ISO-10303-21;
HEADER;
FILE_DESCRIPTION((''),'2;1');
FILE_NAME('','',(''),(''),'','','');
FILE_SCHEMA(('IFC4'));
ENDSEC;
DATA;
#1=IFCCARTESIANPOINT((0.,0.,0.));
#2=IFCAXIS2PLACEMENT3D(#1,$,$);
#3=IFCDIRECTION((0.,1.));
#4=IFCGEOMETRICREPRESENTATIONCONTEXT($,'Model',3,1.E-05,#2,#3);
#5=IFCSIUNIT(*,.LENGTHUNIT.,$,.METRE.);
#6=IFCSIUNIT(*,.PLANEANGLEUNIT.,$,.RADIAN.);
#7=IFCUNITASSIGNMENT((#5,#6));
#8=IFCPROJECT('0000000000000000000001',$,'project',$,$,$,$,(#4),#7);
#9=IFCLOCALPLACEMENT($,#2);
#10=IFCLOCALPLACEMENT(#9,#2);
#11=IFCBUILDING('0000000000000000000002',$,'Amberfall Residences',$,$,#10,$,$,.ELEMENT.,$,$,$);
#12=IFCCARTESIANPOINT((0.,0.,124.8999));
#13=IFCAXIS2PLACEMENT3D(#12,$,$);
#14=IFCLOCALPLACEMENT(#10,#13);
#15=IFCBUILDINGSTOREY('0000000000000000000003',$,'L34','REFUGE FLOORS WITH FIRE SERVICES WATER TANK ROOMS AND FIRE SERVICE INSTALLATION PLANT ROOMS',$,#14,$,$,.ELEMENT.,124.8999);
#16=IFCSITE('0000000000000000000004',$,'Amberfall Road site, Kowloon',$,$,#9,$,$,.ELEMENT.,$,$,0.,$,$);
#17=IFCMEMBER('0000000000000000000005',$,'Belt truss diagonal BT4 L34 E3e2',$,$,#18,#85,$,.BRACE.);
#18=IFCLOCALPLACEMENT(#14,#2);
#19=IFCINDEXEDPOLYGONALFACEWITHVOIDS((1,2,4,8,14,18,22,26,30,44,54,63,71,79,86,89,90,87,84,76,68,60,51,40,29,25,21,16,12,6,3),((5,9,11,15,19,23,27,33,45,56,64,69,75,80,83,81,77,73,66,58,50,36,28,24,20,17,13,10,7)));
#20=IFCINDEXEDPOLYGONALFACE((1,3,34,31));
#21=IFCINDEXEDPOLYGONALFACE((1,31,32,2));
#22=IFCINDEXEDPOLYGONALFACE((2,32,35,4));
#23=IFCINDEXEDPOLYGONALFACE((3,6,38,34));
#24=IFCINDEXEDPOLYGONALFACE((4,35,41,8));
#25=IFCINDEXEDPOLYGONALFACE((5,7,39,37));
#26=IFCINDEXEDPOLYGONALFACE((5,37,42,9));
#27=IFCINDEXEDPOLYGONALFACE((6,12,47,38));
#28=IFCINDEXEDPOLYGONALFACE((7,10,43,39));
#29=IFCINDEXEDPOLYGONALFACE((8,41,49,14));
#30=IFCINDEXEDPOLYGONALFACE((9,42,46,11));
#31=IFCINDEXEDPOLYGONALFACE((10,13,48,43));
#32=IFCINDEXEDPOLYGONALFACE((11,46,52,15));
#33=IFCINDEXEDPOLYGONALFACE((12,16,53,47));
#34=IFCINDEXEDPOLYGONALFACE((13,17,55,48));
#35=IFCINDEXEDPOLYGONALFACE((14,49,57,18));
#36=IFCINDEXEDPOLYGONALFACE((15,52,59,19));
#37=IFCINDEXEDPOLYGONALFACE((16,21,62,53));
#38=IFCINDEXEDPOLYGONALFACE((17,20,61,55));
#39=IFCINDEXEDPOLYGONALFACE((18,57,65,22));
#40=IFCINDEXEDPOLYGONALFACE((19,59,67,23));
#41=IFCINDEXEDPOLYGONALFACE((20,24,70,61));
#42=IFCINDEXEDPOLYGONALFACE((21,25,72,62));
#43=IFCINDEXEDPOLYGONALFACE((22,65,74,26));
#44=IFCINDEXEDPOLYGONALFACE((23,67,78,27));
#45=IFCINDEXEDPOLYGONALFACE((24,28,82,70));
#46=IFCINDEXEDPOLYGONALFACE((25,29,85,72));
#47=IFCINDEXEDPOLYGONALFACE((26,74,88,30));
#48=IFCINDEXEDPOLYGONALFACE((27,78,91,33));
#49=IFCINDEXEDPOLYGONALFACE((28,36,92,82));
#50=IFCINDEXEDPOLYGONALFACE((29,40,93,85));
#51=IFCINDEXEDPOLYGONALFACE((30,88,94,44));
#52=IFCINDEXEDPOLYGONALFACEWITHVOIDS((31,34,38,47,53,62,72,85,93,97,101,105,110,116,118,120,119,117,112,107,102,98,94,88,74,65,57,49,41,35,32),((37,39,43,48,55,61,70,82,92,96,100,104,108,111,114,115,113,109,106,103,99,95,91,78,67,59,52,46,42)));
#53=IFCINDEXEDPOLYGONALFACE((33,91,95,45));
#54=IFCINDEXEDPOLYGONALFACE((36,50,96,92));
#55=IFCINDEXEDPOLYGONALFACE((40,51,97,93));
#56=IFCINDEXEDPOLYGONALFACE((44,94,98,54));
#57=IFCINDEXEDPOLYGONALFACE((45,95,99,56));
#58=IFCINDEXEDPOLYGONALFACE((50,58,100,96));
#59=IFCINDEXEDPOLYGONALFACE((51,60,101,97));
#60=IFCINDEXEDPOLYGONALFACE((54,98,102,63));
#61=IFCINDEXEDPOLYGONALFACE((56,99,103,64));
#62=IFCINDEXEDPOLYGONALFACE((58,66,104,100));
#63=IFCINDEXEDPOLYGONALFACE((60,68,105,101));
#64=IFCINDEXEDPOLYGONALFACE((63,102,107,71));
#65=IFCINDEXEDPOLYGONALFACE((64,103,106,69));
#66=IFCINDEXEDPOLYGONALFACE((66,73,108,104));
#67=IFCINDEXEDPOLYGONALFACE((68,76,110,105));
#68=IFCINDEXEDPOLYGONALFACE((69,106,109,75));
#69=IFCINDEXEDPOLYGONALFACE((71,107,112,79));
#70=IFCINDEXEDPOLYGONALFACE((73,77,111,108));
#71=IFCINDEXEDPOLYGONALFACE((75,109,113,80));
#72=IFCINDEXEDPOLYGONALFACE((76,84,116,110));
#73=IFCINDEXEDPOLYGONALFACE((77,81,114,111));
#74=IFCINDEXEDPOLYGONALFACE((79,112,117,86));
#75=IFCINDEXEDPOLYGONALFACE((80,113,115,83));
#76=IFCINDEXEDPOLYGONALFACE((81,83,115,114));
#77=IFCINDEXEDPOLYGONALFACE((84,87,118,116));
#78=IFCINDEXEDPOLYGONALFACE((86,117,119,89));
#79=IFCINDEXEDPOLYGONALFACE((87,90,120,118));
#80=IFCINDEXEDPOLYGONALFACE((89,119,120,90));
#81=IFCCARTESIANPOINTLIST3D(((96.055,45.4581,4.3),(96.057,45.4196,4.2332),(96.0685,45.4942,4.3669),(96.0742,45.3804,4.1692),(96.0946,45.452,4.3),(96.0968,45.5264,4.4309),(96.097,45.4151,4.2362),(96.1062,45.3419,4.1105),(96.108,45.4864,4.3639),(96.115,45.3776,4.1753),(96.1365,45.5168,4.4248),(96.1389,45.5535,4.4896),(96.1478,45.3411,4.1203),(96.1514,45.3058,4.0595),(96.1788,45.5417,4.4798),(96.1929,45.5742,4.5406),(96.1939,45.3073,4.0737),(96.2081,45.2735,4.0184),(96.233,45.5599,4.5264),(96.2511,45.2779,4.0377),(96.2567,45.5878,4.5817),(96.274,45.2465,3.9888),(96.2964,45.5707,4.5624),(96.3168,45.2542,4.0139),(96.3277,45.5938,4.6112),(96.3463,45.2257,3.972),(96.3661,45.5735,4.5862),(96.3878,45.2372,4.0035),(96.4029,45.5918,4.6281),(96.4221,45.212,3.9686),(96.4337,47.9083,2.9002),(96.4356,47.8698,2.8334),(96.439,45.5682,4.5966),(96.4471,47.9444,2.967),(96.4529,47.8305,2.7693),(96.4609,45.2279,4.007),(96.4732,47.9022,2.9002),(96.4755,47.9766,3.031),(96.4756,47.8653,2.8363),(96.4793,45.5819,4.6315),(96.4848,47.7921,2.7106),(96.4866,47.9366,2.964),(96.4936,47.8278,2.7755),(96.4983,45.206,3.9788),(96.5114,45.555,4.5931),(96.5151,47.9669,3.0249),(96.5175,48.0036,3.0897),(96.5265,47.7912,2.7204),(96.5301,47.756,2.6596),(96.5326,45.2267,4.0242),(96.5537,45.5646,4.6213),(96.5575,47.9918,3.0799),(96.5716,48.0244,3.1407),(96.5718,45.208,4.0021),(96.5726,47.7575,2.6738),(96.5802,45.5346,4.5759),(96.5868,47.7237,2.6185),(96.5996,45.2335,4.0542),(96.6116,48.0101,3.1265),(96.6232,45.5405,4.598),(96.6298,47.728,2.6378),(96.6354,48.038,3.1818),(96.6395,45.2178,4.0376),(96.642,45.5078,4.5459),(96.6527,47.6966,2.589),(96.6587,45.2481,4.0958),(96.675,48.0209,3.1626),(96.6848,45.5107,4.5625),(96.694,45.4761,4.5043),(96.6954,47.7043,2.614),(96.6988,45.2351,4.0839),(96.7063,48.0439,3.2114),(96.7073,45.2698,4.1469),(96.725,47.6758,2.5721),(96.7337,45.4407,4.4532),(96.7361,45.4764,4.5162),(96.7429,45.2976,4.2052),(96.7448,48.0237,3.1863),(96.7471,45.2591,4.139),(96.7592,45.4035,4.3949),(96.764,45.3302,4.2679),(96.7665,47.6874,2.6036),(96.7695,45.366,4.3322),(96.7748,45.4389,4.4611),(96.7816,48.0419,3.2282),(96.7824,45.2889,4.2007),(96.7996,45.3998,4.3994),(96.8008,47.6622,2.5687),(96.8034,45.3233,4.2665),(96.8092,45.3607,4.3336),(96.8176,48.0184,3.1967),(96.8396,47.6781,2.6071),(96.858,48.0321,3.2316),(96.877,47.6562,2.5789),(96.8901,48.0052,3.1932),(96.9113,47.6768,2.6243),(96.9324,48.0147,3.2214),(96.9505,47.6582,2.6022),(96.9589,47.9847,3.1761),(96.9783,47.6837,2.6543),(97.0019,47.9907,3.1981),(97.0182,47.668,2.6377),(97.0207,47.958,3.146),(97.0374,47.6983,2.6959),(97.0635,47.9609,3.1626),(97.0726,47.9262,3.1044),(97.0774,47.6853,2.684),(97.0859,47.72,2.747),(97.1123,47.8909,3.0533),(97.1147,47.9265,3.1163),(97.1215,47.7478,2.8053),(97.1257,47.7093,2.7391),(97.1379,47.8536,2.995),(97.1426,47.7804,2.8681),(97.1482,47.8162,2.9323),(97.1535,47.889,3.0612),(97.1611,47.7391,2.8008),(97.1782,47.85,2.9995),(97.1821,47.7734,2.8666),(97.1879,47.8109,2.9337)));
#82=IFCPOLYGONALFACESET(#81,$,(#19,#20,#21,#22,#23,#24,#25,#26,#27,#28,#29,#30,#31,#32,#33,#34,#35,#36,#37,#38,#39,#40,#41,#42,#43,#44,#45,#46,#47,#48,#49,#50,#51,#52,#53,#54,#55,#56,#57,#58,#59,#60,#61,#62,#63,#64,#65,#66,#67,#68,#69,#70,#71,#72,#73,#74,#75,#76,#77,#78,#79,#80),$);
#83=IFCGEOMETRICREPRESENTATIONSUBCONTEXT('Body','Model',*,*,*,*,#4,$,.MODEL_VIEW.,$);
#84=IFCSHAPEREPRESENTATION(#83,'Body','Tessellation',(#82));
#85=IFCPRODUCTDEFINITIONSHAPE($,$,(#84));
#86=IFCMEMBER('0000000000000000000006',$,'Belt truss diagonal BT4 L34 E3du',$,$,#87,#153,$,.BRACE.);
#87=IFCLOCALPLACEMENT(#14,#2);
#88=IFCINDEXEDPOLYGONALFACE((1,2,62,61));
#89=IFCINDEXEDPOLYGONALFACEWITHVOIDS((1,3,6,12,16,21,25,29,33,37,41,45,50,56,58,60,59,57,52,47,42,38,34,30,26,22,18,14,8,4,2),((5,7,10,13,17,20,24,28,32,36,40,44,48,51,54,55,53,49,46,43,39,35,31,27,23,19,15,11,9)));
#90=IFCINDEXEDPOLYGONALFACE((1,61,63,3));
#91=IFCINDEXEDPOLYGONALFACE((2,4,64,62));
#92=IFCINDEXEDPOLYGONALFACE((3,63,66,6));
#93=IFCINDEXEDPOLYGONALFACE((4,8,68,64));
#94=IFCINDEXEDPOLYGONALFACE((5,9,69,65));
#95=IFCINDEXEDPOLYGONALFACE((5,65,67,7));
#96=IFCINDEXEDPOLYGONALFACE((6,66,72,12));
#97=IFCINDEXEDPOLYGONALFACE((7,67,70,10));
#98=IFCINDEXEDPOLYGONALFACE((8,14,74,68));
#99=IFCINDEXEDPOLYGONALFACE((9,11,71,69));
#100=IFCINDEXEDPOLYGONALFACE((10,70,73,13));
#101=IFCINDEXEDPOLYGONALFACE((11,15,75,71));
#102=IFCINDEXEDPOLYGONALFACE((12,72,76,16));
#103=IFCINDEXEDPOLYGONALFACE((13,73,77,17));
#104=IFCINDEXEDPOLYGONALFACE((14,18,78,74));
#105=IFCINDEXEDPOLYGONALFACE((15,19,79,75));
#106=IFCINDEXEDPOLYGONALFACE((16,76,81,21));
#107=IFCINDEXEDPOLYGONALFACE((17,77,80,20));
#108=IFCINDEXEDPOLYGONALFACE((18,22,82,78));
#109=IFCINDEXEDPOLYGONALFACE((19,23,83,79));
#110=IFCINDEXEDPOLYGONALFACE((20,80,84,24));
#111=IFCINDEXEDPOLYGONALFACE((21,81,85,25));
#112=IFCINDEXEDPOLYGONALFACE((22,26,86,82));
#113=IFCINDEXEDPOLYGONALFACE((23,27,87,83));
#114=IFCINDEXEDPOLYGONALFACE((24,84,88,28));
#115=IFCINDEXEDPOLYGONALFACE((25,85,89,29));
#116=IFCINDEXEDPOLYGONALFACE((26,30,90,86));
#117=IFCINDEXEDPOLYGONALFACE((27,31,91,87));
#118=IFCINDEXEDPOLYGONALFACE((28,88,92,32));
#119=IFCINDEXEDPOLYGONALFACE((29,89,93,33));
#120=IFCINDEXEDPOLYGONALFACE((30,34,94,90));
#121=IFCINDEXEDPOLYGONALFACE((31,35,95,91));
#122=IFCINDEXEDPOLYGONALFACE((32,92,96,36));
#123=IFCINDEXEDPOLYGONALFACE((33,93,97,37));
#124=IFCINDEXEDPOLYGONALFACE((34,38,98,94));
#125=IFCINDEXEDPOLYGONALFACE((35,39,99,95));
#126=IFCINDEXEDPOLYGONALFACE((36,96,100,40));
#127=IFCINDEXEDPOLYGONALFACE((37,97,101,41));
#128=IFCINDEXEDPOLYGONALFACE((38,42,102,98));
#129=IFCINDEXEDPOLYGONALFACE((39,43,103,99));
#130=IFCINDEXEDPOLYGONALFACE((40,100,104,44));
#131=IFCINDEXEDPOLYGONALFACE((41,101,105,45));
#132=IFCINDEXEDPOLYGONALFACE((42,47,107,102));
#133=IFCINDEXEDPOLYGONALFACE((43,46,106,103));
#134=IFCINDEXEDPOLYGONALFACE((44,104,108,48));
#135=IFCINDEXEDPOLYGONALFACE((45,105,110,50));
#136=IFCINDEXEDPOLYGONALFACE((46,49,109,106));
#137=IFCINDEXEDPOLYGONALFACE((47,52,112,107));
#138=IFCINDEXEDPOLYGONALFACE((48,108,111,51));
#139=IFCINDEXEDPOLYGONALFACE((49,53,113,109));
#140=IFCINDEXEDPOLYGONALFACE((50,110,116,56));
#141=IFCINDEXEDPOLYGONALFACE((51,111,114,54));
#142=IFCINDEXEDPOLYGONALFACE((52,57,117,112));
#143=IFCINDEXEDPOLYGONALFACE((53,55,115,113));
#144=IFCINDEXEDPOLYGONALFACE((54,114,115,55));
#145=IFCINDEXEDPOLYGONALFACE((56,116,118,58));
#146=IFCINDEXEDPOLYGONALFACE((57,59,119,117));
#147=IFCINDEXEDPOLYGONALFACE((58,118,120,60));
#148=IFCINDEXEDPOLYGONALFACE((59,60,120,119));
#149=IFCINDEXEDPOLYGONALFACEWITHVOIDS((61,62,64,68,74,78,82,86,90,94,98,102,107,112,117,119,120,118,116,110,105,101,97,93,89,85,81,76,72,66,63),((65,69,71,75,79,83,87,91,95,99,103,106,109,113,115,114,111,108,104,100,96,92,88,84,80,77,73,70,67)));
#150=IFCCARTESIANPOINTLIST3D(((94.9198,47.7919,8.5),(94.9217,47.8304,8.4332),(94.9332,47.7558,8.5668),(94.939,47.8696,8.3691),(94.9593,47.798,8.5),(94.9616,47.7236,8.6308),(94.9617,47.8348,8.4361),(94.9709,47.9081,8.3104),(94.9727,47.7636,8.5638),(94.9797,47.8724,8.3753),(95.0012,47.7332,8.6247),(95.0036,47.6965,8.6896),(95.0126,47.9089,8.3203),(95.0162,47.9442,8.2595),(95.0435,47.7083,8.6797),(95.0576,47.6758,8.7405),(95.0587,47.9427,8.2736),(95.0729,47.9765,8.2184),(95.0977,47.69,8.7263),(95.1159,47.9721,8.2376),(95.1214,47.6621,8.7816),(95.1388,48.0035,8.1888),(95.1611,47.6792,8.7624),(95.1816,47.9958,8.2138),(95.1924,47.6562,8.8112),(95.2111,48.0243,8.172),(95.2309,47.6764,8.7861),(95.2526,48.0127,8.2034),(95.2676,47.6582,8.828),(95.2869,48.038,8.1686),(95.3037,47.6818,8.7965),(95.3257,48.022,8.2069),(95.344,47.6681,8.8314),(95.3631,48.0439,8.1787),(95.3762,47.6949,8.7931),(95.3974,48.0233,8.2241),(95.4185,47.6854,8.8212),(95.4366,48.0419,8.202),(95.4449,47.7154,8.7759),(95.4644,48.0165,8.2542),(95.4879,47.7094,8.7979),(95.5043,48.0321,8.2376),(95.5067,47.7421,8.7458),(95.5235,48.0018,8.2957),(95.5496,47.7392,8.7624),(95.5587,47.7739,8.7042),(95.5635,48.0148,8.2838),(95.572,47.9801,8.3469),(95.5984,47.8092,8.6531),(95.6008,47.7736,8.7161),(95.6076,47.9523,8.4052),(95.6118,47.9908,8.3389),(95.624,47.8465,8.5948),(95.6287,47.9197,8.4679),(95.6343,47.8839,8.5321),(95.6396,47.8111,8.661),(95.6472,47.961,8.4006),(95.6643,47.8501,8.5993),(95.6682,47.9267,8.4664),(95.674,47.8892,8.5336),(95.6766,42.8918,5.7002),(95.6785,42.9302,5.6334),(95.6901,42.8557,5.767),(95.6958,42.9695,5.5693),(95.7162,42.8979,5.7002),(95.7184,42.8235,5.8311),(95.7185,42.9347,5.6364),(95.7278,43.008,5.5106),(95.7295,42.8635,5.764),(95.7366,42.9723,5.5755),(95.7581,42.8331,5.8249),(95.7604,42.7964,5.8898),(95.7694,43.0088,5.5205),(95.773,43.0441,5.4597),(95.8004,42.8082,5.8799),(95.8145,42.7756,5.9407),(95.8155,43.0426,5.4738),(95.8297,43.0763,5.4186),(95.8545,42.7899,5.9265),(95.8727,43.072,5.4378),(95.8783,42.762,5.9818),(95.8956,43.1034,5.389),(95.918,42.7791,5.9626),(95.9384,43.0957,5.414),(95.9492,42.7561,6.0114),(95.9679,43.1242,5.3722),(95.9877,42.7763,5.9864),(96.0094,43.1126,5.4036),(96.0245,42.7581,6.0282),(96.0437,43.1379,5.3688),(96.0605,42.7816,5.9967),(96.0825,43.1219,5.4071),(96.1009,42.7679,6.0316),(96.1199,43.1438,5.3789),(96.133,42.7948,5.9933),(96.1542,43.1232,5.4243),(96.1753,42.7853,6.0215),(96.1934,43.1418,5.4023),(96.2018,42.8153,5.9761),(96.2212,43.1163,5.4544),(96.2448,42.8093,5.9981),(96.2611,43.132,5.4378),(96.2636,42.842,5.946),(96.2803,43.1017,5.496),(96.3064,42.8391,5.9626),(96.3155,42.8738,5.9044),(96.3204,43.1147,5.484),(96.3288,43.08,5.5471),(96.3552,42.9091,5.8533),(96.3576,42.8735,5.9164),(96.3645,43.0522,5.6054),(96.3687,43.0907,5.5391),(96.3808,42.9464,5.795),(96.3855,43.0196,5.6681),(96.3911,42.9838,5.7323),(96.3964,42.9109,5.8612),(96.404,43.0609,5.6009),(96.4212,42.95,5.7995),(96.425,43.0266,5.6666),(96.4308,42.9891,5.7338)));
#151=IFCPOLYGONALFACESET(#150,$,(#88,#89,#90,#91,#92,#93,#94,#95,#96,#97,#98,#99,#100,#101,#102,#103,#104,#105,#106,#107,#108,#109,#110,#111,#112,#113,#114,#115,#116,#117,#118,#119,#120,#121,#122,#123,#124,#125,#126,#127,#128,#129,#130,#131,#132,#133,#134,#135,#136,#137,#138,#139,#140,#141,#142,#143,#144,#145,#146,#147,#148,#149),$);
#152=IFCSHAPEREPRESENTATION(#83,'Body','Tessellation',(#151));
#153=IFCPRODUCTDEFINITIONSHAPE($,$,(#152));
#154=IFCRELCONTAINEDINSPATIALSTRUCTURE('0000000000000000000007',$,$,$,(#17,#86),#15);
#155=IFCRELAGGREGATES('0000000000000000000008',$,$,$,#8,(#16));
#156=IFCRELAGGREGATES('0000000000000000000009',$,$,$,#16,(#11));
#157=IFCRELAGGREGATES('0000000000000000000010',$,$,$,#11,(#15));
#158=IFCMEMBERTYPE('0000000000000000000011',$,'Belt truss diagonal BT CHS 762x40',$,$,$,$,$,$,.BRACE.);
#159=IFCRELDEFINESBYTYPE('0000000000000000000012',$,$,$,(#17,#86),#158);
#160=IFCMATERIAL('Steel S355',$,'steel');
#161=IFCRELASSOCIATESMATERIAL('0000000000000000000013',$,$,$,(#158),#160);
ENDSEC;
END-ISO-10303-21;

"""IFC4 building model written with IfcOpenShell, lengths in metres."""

from ifc_helpers import new_model, si_unit, direction, frame, origin, origin_2d, place, context, subcontext, project, spatial, hollow_circle, extrude, material, material_profile, profile_set, type_object, element, save


model = new_model("IFC4")

# Units and contexts
model_context = context("Model", 3, precision=1e-05, world=origin(), true_north=direction((0.0, 1.0)))
body_context = subcontext(model_context, "Body", "Model", "MODEL_VIEW")
ifc_project = project(units=[si_unit("LENGTHUNIT", "METRE"), si_unit("PLANEANGLEUNIT", "RADIAN")], contexts=[model_context])

# Site, building, storey
site_placement = place(None, origin())
site = spatial("IfcSite", under=ifc_project, at=site_placement, Name="Amberfall Road site, Kowloon", CompositionType="ELEMENT", RefElevation=0.0)
building_placement = place(site_placement, origin())
building = spatial("IfcBuilding", under=site, at=building_placement, Name="Amberfall Residences", CompositionType="ELEMENT")
storey_placement = place(building_placement, frame((0.0, 0.0, 124.8999)))
storey = spatial("IfcBuildingStorey", under=building, at=storey_placement, Name="L34", Description="REFUGE FLOORS WITH FIRE SERVICES WATER TANK ROOMS AND FIRE SERVICE INSTALLATION PLANT ROOMS", CompositionType="ELEMENT", Elevation=124.8999)

# Shared definitions
ifc_material_1 = material(Name="Steel S355", Category="steel")

# Members
ifc_material_profile_1 = material_profile(ifc_material_1, hollow_circle(Radius=0.3811, WallThickness=0.04, at=origin_2d()), Name="CHS 762x40")
ifc_profile_set_1 = profile_set([ifc_material_profile_1], Name="Steel S355")
member_type_1 = type_object("IfcMemberType", Name="Belt truss diagonal BT CHS 762x40", PredefinedType="BRACE", material=ifc_profile_set_1)
for number, where, z_axis, x_axis, name in (
    (1, (96.4316, 45.3999, 4.3), (0.132994, 0.860562, -0.491676), (-0.988268, 0.152731, 0.0), "Belt truss diagonal BT4 L34 E3e2"),
):
    element("IfcMember", number, at=place(storey_placement, frame(where, z_axis=z_axis, x_axis=x_axis)), inside=storey, type_object=member_type_1, Name=name, PredefinedType="BRACE", context=body_context, shape_type="SweptSolid", body=[
        extrude(hollow_circle(Radius=0.3811, WallThickness=0.04, at=origin_2d()), origin(), (0.0, 0.0, 1.0), 2.8472),
    ])
member_1_placement = place(storey_placement, frame((96.0532, 42.95, 5.7002), z_axis=(-0.132915, 0.860561, 0.4917), x_axis=(-0.988282, -0.152642, 0.0)))
element("IfcMember", 2, at=member_1_placement, inside=storey, type_object=member_type_1, Name="Belt truss diagonal BT4 L34 E3du", PredefinedType="BRACE", context=body_context, shape_type="SweptSolid", body=[
    extrude(hollow_circle(Radius=0.3811, WallThickness=0.04, at=origin_2d()), origin(), (0.0, 0.0, 1.0), 5.6941),
])

save(model, "model.ifc")
